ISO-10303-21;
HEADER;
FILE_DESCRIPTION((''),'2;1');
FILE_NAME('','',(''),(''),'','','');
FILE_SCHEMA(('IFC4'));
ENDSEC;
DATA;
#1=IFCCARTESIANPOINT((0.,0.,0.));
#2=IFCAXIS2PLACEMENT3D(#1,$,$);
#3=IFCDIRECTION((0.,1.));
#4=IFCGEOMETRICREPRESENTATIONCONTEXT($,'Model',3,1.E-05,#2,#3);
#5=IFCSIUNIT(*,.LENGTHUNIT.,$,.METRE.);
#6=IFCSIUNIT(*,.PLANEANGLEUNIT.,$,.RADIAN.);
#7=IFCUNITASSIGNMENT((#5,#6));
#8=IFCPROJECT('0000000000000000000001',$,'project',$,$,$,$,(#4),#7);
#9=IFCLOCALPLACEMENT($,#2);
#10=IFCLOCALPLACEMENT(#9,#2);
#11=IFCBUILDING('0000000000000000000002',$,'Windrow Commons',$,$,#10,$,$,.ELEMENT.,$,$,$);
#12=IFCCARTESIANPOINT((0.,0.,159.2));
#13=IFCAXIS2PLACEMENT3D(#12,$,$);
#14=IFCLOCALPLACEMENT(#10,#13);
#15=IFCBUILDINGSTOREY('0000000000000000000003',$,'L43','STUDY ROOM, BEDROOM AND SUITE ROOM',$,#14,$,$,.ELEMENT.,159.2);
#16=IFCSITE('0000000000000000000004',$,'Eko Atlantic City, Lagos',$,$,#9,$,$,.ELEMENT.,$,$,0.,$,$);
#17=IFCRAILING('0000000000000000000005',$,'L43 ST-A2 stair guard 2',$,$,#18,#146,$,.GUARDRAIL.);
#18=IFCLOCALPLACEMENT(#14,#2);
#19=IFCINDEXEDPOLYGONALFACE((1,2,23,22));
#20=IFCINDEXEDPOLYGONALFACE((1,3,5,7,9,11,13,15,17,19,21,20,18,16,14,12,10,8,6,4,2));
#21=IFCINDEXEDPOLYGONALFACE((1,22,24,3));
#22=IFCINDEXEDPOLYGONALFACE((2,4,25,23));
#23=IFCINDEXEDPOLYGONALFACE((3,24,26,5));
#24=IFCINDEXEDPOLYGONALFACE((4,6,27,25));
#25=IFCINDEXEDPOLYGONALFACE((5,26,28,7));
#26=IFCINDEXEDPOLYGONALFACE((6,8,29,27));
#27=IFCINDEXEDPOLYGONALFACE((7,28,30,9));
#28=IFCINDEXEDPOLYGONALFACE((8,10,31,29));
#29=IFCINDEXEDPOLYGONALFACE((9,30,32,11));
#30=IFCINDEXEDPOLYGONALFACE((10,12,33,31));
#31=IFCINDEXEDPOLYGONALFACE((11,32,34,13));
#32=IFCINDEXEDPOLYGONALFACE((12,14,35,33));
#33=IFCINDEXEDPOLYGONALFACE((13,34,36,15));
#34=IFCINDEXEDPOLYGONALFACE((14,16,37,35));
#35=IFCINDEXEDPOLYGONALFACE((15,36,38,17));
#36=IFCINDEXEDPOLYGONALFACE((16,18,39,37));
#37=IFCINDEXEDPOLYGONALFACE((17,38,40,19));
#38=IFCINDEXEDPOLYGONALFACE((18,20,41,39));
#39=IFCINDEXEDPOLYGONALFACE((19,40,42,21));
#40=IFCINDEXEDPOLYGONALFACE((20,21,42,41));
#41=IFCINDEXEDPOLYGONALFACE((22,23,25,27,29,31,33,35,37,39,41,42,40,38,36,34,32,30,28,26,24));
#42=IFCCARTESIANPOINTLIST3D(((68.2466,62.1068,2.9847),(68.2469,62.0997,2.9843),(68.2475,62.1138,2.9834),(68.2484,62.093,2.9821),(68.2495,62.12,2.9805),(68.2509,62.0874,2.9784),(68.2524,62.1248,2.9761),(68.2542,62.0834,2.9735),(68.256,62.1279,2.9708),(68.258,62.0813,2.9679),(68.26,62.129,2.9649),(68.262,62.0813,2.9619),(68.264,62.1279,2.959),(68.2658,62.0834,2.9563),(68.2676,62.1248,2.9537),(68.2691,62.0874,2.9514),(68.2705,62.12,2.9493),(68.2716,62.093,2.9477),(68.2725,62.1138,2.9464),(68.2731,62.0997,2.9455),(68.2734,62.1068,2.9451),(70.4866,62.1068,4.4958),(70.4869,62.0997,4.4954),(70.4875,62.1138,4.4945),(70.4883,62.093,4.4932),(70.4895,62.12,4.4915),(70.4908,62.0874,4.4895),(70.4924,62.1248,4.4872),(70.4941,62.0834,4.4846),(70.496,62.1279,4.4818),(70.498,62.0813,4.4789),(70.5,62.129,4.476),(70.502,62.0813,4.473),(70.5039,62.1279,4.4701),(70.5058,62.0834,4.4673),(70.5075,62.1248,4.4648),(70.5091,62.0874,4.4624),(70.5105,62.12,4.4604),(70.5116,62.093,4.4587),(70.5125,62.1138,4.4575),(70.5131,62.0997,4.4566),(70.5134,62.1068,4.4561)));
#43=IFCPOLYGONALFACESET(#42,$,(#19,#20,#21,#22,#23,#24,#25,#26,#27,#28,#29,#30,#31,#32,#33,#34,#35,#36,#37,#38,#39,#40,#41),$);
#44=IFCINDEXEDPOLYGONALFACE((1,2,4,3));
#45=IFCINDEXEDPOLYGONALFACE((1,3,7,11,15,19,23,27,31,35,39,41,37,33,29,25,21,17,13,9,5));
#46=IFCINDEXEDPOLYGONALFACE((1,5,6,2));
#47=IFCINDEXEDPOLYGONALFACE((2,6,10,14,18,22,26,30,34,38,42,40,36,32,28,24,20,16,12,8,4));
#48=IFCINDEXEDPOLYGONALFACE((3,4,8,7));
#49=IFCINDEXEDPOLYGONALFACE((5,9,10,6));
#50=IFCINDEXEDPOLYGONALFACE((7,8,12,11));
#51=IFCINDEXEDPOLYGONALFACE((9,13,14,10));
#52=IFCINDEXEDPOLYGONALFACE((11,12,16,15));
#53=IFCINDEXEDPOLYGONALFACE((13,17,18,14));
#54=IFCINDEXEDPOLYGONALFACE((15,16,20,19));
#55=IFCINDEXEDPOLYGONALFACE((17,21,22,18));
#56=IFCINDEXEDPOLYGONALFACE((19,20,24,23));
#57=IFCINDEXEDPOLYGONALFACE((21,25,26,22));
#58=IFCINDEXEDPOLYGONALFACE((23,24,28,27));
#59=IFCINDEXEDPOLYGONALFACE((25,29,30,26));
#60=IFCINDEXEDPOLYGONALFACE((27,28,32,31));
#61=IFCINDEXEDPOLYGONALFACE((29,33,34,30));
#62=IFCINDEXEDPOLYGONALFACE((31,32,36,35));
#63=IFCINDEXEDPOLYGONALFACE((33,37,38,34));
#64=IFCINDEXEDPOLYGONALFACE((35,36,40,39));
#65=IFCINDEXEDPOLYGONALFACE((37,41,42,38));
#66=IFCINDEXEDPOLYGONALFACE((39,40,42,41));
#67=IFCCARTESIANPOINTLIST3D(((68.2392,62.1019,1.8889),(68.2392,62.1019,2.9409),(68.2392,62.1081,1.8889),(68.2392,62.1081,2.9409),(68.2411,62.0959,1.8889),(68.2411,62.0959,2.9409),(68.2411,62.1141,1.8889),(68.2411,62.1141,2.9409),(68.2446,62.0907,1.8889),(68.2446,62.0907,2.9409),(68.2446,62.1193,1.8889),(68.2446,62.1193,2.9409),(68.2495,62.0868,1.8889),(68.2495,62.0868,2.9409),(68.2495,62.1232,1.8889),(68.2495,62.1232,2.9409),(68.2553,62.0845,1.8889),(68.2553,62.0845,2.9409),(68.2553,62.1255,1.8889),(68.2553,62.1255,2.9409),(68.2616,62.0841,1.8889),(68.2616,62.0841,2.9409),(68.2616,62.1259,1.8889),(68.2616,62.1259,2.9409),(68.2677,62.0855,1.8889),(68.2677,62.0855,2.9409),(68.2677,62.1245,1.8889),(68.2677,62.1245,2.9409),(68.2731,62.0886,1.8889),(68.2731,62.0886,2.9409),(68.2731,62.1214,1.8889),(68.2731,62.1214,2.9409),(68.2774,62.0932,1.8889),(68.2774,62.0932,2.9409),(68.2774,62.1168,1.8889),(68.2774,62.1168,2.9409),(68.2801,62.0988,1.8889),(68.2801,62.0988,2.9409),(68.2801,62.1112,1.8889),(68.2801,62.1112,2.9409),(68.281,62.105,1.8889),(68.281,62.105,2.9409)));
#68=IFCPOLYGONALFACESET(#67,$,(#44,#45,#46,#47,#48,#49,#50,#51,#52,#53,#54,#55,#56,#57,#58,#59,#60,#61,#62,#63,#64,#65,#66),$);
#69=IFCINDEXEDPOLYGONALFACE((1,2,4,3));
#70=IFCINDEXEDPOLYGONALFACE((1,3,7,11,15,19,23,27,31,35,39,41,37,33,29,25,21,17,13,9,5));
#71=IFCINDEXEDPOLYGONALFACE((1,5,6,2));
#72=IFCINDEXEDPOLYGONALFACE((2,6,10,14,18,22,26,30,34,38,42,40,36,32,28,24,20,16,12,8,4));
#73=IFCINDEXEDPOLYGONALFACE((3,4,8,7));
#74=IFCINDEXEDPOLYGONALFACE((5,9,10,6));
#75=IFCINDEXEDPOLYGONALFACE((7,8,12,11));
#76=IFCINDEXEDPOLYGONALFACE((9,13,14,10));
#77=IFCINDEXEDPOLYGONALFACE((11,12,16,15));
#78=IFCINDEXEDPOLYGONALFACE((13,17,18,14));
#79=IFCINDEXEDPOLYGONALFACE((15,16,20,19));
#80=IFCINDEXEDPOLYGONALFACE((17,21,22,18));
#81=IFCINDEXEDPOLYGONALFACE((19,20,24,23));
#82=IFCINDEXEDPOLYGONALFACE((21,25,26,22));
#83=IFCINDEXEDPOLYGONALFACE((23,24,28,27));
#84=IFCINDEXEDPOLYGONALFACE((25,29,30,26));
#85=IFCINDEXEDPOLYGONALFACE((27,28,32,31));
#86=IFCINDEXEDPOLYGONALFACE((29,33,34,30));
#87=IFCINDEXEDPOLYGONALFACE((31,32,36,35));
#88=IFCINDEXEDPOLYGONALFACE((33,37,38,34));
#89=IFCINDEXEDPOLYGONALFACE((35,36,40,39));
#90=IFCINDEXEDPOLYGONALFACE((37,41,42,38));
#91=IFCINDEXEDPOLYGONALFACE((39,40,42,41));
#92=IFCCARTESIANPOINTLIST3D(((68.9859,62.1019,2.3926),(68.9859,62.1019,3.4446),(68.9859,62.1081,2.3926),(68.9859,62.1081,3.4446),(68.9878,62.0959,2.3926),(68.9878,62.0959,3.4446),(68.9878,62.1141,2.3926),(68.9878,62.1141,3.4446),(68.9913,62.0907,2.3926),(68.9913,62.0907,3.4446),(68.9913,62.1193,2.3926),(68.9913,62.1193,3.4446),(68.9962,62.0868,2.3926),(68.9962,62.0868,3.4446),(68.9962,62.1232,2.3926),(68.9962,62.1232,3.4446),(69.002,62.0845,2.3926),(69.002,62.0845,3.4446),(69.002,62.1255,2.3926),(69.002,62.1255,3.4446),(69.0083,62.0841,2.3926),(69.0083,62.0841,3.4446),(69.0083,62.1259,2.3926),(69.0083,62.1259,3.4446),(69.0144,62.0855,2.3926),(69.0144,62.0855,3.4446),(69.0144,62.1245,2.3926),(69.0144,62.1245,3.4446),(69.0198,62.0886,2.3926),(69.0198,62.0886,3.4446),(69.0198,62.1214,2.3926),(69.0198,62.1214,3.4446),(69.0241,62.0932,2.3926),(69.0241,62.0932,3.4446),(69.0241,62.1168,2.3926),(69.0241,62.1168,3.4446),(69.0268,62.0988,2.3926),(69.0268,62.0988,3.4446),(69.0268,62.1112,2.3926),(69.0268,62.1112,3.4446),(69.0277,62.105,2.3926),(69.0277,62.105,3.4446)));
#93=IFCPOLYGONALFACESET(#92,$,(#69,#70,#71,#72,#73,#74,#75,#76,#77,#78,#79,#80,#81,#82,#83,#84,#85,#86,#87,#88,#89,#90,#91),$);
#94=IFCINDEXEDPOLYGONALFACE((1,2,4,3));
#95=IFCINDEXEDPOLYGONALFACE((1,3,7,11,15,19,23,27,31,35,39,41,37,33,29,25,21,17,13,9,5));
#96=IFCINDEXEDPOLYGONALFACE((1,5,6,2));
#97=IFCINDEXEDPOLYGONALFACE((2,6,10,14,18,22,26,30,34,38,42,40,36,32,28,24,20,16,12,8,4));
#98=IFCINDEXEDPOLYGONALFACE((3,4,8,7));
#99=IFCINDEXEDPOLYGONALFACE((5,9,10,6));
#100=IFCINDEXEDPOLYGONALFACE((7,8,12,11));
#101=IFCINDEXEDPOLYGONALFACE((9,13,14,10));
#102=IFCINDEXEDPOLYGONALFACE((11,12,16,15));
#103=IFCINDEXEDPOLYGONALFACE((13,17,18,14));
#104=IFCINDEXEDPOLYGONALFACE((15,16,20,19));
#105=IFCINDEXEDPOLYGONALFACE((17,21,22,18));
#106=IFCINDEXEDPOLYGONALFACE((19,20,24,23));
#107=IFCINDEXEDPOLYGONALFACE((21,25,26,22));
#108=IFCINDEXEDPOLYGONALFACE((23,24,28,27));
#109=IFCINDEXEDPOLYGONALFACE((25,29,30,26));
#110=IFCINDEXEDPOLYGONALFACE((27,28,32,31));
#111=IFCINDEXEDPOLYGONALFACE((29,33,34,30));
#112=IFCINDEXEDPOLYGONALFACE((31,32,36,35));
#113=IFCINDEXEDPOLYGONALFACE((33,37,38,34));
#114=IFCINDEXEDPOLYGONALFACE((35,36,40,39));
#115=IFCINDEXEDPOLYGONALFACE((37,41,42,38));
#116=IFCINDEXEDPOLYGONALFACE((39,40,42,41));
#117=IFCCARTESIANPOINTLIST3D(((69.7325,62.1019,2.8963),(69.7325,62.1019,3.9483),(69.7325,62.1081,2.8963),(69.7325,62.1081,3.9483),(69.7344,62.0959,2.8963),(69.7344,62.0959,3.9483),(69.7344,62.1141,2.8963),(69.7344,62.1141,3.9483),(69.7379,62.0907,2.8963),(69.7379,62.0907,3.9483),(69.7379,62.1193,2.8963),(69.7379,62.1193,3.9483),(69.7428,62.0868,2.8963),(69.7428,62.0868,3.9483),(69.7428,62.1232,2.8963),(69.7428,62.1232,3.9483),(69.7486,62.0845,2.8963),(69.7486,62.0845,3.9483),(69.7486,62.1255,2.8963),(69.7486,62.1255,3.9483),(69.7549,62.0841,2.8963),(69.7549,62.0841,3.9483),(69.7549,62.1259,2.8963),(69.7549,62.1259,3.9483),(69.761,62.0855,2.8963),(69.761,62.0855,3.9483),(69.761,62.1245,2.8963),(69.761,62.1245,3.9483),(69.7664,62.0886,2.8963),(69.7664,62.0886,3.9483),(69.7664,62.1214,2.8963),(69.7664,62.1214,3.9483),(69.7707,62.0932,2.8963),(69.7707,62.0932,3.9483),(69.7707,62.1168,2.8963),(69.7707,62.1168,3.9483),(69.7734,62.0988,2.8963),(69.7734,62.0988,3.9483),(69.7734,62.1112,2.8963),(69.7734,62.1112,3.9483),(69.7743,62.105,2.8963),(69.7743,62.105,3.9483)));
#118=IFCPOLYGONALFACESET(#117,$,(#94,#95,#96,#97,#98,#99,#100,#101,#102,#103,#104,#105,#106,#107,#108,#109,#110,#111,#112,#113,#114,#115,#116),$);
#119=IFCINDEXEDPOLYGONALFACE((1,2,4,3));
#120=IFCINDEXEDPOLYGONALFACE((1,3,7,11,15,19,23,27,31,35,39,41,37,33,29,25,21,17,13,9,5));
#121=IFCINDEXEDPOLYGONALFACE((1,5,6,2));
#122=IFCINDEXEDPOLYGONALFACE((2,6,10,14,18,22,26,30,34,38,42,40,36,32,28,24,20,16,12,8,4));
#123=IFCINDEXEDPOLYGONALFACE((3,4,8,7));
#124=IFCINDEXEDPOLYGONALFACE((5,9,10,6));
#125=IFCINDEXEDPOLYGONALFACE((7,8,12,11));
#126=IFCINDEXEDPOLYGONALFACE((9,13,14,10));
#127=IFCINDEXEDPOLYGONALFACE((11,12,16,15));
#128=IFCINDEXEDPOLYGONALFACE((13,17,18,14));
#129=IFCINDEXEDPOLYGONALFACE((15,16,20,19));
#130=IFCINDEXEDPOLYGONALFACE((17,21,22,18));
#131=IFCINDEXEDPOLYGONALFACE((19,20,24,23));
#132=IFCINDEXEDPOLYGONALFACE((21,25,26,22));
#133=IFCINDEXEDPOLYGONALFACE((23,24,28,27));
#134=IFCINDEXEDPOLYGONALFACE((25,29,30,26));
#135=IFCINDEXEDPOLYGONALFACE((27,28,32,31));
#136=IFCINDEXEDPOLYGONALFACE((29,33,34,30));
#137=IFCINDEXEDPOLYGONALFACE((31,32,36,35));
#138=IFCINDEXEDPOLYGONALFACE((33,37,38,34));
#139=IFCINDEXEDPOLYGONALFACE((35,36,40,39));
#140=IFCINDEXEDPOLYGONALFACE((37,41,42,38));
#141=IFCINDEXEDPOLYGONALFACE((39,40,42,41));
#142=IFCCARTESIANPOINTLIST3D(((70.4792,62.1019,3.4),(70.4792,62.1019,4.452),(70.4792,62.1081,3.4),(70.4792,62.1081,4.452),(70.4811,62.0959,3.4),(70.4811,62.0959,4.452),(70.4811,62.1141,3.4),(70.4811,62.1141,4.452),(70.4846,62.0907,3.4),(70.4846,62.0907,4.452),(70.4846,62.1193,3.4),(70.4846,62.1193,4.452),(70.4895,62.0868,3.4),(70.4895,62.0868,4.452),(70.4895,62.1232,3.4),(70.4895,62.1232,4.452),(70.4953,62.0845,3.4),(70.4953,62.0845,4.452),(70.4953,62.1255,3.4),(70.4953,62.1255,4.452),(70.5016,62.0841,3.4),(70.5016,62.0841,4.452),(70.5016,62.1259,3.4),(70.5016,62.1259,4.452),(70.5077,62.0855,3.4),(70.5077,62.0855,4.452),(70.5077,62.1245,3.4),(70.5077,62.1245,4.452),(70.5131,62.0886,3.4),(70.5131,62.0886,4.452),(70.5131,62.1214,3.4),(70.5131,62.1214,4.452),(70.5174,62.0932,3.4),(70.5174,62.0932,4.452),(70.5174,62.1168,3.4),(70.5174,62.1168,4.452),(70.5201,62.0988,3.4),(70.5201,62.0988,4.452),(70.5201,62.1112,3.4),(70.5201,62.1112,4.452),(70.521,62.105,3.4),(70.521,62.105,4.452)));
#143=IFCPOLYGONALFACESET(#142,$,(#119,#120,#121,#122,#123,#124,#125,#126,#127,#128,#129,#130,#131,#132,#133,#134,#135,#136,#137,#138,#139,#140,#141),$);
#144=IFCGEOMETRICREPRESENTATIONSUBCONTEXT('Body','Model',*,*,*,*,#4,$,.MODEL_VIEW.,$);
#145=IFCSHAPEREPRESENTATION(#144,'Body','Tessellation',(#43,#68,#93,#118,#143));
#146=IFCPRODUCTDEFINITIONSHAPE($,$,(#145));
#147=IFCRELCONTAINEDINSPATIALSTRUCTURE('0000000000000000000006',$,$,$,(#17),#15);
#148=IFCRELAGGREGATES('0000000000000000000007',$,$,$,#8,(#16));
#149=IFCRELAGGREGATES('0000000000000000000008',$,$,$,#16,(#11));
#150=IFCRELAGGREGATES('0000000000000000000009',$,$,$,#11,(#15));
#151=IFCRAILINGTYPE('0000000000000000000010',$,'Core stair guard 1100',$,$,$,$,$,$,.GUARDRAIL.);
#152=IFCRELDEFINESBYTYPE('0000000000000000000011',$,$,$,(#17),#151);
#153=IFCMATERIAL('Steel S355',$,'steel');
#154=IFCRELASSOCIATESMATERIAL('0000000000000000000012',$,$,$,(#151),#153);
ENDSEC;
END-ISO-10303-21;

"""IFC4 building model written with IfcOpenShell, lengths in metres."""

from ifc_helpers import new_model, si_unit, direction, frame, origin, origin_2d, place, context, subcontext, project, spatial, circle, extrude, material, type_object, element, save


model = new_model("IFC4")

# Units and contexts
model_context = context("Model", 3, precision=1e-05, world=origin(), true_north=direction((0.0, 1.0)))
body_context = subcontext(model_context, "Body", "Model", "MODEL_VIEW")
ifc_project = project(units=[si_unit("LENGTHUNIT", "METRE"), si_unit("PLANEANGLEUNIT", "RADIAN")], contexts=[model_context])

# Site, building, storey
site_placement = place(None, origin())
site = spatial("IfcSite", under=ifc_project, at=site_placement, Name="Eko Atlantic City, Lagos", CompositionType="ELEMENT", RefElevation=0.0)
building_placement = place(site_placement, origin())
building = spatial("IfcBuilding", under=site, at=building_placement, Name="Windrow Commons", CompositionType="ELEMENT")
storey_placement = place(building_placement, frame((0.0, 0.0, 159.2)))
storey = spatial("IfcBuildingStorey", under=building, at=storey_placement, Name="L43", Description="STUDY ROOM, BEDROOM AND SUITE ROOM", CompositionType="ELEMENT", Elevation=159.2)

# Railing
ifc_material_1 = material(Name="Steel S355", Category="steel")
railing_type_1 = type_object("IfcRailingType", Name="Core stair guard 1100", PredefinedType="GUARDRAIL", material=ifc_material_1)
railing_1_placement = place(storey_placement, frame((68.26, 62.105, 1.8889)))
element("IfcRailing", 1, at=railing_1_placement, inside=storey, type_object=railing_type_1, Name="L43 ST-A2 stair guard 2", PredefinedType="GUARDRAIL", context=body_context, shape_type="SweptSolid", body=[
    extrude(circle(Radius=0.024, at=origin_2d()), frame((0.0, 0.0, 1.076), z_axis=(0.829003, 0.0, 0.559244), x_axis=(0.0, 1.0, 0.0)), (0.0, 0.0, 1.0), 2.702),
    extrude(circle(Radius=0.021, at=origin_2d()), origin(), (0.0, 0.0, 1.0), 1.052),
    extrude(circle(Radius=0.021, at=origin_2d()), frame((0.7467, 0.0, 0.5037)), (0.0, 0.0, 1.0), 1.052),
    extrude(circle(Radius=0.021, at=origin_2d()), frame((1.4933, 0.0, 1.0074)), (0.0, 0.0, 1.0), 1.052),
    extrude(circle(Radius=0.021, at=origin_2d()), frame((2.24, 0.0, 1.5111)), (0.0, 0.0, 1.0), 1.052),
])

save(model, "model.ifc")
